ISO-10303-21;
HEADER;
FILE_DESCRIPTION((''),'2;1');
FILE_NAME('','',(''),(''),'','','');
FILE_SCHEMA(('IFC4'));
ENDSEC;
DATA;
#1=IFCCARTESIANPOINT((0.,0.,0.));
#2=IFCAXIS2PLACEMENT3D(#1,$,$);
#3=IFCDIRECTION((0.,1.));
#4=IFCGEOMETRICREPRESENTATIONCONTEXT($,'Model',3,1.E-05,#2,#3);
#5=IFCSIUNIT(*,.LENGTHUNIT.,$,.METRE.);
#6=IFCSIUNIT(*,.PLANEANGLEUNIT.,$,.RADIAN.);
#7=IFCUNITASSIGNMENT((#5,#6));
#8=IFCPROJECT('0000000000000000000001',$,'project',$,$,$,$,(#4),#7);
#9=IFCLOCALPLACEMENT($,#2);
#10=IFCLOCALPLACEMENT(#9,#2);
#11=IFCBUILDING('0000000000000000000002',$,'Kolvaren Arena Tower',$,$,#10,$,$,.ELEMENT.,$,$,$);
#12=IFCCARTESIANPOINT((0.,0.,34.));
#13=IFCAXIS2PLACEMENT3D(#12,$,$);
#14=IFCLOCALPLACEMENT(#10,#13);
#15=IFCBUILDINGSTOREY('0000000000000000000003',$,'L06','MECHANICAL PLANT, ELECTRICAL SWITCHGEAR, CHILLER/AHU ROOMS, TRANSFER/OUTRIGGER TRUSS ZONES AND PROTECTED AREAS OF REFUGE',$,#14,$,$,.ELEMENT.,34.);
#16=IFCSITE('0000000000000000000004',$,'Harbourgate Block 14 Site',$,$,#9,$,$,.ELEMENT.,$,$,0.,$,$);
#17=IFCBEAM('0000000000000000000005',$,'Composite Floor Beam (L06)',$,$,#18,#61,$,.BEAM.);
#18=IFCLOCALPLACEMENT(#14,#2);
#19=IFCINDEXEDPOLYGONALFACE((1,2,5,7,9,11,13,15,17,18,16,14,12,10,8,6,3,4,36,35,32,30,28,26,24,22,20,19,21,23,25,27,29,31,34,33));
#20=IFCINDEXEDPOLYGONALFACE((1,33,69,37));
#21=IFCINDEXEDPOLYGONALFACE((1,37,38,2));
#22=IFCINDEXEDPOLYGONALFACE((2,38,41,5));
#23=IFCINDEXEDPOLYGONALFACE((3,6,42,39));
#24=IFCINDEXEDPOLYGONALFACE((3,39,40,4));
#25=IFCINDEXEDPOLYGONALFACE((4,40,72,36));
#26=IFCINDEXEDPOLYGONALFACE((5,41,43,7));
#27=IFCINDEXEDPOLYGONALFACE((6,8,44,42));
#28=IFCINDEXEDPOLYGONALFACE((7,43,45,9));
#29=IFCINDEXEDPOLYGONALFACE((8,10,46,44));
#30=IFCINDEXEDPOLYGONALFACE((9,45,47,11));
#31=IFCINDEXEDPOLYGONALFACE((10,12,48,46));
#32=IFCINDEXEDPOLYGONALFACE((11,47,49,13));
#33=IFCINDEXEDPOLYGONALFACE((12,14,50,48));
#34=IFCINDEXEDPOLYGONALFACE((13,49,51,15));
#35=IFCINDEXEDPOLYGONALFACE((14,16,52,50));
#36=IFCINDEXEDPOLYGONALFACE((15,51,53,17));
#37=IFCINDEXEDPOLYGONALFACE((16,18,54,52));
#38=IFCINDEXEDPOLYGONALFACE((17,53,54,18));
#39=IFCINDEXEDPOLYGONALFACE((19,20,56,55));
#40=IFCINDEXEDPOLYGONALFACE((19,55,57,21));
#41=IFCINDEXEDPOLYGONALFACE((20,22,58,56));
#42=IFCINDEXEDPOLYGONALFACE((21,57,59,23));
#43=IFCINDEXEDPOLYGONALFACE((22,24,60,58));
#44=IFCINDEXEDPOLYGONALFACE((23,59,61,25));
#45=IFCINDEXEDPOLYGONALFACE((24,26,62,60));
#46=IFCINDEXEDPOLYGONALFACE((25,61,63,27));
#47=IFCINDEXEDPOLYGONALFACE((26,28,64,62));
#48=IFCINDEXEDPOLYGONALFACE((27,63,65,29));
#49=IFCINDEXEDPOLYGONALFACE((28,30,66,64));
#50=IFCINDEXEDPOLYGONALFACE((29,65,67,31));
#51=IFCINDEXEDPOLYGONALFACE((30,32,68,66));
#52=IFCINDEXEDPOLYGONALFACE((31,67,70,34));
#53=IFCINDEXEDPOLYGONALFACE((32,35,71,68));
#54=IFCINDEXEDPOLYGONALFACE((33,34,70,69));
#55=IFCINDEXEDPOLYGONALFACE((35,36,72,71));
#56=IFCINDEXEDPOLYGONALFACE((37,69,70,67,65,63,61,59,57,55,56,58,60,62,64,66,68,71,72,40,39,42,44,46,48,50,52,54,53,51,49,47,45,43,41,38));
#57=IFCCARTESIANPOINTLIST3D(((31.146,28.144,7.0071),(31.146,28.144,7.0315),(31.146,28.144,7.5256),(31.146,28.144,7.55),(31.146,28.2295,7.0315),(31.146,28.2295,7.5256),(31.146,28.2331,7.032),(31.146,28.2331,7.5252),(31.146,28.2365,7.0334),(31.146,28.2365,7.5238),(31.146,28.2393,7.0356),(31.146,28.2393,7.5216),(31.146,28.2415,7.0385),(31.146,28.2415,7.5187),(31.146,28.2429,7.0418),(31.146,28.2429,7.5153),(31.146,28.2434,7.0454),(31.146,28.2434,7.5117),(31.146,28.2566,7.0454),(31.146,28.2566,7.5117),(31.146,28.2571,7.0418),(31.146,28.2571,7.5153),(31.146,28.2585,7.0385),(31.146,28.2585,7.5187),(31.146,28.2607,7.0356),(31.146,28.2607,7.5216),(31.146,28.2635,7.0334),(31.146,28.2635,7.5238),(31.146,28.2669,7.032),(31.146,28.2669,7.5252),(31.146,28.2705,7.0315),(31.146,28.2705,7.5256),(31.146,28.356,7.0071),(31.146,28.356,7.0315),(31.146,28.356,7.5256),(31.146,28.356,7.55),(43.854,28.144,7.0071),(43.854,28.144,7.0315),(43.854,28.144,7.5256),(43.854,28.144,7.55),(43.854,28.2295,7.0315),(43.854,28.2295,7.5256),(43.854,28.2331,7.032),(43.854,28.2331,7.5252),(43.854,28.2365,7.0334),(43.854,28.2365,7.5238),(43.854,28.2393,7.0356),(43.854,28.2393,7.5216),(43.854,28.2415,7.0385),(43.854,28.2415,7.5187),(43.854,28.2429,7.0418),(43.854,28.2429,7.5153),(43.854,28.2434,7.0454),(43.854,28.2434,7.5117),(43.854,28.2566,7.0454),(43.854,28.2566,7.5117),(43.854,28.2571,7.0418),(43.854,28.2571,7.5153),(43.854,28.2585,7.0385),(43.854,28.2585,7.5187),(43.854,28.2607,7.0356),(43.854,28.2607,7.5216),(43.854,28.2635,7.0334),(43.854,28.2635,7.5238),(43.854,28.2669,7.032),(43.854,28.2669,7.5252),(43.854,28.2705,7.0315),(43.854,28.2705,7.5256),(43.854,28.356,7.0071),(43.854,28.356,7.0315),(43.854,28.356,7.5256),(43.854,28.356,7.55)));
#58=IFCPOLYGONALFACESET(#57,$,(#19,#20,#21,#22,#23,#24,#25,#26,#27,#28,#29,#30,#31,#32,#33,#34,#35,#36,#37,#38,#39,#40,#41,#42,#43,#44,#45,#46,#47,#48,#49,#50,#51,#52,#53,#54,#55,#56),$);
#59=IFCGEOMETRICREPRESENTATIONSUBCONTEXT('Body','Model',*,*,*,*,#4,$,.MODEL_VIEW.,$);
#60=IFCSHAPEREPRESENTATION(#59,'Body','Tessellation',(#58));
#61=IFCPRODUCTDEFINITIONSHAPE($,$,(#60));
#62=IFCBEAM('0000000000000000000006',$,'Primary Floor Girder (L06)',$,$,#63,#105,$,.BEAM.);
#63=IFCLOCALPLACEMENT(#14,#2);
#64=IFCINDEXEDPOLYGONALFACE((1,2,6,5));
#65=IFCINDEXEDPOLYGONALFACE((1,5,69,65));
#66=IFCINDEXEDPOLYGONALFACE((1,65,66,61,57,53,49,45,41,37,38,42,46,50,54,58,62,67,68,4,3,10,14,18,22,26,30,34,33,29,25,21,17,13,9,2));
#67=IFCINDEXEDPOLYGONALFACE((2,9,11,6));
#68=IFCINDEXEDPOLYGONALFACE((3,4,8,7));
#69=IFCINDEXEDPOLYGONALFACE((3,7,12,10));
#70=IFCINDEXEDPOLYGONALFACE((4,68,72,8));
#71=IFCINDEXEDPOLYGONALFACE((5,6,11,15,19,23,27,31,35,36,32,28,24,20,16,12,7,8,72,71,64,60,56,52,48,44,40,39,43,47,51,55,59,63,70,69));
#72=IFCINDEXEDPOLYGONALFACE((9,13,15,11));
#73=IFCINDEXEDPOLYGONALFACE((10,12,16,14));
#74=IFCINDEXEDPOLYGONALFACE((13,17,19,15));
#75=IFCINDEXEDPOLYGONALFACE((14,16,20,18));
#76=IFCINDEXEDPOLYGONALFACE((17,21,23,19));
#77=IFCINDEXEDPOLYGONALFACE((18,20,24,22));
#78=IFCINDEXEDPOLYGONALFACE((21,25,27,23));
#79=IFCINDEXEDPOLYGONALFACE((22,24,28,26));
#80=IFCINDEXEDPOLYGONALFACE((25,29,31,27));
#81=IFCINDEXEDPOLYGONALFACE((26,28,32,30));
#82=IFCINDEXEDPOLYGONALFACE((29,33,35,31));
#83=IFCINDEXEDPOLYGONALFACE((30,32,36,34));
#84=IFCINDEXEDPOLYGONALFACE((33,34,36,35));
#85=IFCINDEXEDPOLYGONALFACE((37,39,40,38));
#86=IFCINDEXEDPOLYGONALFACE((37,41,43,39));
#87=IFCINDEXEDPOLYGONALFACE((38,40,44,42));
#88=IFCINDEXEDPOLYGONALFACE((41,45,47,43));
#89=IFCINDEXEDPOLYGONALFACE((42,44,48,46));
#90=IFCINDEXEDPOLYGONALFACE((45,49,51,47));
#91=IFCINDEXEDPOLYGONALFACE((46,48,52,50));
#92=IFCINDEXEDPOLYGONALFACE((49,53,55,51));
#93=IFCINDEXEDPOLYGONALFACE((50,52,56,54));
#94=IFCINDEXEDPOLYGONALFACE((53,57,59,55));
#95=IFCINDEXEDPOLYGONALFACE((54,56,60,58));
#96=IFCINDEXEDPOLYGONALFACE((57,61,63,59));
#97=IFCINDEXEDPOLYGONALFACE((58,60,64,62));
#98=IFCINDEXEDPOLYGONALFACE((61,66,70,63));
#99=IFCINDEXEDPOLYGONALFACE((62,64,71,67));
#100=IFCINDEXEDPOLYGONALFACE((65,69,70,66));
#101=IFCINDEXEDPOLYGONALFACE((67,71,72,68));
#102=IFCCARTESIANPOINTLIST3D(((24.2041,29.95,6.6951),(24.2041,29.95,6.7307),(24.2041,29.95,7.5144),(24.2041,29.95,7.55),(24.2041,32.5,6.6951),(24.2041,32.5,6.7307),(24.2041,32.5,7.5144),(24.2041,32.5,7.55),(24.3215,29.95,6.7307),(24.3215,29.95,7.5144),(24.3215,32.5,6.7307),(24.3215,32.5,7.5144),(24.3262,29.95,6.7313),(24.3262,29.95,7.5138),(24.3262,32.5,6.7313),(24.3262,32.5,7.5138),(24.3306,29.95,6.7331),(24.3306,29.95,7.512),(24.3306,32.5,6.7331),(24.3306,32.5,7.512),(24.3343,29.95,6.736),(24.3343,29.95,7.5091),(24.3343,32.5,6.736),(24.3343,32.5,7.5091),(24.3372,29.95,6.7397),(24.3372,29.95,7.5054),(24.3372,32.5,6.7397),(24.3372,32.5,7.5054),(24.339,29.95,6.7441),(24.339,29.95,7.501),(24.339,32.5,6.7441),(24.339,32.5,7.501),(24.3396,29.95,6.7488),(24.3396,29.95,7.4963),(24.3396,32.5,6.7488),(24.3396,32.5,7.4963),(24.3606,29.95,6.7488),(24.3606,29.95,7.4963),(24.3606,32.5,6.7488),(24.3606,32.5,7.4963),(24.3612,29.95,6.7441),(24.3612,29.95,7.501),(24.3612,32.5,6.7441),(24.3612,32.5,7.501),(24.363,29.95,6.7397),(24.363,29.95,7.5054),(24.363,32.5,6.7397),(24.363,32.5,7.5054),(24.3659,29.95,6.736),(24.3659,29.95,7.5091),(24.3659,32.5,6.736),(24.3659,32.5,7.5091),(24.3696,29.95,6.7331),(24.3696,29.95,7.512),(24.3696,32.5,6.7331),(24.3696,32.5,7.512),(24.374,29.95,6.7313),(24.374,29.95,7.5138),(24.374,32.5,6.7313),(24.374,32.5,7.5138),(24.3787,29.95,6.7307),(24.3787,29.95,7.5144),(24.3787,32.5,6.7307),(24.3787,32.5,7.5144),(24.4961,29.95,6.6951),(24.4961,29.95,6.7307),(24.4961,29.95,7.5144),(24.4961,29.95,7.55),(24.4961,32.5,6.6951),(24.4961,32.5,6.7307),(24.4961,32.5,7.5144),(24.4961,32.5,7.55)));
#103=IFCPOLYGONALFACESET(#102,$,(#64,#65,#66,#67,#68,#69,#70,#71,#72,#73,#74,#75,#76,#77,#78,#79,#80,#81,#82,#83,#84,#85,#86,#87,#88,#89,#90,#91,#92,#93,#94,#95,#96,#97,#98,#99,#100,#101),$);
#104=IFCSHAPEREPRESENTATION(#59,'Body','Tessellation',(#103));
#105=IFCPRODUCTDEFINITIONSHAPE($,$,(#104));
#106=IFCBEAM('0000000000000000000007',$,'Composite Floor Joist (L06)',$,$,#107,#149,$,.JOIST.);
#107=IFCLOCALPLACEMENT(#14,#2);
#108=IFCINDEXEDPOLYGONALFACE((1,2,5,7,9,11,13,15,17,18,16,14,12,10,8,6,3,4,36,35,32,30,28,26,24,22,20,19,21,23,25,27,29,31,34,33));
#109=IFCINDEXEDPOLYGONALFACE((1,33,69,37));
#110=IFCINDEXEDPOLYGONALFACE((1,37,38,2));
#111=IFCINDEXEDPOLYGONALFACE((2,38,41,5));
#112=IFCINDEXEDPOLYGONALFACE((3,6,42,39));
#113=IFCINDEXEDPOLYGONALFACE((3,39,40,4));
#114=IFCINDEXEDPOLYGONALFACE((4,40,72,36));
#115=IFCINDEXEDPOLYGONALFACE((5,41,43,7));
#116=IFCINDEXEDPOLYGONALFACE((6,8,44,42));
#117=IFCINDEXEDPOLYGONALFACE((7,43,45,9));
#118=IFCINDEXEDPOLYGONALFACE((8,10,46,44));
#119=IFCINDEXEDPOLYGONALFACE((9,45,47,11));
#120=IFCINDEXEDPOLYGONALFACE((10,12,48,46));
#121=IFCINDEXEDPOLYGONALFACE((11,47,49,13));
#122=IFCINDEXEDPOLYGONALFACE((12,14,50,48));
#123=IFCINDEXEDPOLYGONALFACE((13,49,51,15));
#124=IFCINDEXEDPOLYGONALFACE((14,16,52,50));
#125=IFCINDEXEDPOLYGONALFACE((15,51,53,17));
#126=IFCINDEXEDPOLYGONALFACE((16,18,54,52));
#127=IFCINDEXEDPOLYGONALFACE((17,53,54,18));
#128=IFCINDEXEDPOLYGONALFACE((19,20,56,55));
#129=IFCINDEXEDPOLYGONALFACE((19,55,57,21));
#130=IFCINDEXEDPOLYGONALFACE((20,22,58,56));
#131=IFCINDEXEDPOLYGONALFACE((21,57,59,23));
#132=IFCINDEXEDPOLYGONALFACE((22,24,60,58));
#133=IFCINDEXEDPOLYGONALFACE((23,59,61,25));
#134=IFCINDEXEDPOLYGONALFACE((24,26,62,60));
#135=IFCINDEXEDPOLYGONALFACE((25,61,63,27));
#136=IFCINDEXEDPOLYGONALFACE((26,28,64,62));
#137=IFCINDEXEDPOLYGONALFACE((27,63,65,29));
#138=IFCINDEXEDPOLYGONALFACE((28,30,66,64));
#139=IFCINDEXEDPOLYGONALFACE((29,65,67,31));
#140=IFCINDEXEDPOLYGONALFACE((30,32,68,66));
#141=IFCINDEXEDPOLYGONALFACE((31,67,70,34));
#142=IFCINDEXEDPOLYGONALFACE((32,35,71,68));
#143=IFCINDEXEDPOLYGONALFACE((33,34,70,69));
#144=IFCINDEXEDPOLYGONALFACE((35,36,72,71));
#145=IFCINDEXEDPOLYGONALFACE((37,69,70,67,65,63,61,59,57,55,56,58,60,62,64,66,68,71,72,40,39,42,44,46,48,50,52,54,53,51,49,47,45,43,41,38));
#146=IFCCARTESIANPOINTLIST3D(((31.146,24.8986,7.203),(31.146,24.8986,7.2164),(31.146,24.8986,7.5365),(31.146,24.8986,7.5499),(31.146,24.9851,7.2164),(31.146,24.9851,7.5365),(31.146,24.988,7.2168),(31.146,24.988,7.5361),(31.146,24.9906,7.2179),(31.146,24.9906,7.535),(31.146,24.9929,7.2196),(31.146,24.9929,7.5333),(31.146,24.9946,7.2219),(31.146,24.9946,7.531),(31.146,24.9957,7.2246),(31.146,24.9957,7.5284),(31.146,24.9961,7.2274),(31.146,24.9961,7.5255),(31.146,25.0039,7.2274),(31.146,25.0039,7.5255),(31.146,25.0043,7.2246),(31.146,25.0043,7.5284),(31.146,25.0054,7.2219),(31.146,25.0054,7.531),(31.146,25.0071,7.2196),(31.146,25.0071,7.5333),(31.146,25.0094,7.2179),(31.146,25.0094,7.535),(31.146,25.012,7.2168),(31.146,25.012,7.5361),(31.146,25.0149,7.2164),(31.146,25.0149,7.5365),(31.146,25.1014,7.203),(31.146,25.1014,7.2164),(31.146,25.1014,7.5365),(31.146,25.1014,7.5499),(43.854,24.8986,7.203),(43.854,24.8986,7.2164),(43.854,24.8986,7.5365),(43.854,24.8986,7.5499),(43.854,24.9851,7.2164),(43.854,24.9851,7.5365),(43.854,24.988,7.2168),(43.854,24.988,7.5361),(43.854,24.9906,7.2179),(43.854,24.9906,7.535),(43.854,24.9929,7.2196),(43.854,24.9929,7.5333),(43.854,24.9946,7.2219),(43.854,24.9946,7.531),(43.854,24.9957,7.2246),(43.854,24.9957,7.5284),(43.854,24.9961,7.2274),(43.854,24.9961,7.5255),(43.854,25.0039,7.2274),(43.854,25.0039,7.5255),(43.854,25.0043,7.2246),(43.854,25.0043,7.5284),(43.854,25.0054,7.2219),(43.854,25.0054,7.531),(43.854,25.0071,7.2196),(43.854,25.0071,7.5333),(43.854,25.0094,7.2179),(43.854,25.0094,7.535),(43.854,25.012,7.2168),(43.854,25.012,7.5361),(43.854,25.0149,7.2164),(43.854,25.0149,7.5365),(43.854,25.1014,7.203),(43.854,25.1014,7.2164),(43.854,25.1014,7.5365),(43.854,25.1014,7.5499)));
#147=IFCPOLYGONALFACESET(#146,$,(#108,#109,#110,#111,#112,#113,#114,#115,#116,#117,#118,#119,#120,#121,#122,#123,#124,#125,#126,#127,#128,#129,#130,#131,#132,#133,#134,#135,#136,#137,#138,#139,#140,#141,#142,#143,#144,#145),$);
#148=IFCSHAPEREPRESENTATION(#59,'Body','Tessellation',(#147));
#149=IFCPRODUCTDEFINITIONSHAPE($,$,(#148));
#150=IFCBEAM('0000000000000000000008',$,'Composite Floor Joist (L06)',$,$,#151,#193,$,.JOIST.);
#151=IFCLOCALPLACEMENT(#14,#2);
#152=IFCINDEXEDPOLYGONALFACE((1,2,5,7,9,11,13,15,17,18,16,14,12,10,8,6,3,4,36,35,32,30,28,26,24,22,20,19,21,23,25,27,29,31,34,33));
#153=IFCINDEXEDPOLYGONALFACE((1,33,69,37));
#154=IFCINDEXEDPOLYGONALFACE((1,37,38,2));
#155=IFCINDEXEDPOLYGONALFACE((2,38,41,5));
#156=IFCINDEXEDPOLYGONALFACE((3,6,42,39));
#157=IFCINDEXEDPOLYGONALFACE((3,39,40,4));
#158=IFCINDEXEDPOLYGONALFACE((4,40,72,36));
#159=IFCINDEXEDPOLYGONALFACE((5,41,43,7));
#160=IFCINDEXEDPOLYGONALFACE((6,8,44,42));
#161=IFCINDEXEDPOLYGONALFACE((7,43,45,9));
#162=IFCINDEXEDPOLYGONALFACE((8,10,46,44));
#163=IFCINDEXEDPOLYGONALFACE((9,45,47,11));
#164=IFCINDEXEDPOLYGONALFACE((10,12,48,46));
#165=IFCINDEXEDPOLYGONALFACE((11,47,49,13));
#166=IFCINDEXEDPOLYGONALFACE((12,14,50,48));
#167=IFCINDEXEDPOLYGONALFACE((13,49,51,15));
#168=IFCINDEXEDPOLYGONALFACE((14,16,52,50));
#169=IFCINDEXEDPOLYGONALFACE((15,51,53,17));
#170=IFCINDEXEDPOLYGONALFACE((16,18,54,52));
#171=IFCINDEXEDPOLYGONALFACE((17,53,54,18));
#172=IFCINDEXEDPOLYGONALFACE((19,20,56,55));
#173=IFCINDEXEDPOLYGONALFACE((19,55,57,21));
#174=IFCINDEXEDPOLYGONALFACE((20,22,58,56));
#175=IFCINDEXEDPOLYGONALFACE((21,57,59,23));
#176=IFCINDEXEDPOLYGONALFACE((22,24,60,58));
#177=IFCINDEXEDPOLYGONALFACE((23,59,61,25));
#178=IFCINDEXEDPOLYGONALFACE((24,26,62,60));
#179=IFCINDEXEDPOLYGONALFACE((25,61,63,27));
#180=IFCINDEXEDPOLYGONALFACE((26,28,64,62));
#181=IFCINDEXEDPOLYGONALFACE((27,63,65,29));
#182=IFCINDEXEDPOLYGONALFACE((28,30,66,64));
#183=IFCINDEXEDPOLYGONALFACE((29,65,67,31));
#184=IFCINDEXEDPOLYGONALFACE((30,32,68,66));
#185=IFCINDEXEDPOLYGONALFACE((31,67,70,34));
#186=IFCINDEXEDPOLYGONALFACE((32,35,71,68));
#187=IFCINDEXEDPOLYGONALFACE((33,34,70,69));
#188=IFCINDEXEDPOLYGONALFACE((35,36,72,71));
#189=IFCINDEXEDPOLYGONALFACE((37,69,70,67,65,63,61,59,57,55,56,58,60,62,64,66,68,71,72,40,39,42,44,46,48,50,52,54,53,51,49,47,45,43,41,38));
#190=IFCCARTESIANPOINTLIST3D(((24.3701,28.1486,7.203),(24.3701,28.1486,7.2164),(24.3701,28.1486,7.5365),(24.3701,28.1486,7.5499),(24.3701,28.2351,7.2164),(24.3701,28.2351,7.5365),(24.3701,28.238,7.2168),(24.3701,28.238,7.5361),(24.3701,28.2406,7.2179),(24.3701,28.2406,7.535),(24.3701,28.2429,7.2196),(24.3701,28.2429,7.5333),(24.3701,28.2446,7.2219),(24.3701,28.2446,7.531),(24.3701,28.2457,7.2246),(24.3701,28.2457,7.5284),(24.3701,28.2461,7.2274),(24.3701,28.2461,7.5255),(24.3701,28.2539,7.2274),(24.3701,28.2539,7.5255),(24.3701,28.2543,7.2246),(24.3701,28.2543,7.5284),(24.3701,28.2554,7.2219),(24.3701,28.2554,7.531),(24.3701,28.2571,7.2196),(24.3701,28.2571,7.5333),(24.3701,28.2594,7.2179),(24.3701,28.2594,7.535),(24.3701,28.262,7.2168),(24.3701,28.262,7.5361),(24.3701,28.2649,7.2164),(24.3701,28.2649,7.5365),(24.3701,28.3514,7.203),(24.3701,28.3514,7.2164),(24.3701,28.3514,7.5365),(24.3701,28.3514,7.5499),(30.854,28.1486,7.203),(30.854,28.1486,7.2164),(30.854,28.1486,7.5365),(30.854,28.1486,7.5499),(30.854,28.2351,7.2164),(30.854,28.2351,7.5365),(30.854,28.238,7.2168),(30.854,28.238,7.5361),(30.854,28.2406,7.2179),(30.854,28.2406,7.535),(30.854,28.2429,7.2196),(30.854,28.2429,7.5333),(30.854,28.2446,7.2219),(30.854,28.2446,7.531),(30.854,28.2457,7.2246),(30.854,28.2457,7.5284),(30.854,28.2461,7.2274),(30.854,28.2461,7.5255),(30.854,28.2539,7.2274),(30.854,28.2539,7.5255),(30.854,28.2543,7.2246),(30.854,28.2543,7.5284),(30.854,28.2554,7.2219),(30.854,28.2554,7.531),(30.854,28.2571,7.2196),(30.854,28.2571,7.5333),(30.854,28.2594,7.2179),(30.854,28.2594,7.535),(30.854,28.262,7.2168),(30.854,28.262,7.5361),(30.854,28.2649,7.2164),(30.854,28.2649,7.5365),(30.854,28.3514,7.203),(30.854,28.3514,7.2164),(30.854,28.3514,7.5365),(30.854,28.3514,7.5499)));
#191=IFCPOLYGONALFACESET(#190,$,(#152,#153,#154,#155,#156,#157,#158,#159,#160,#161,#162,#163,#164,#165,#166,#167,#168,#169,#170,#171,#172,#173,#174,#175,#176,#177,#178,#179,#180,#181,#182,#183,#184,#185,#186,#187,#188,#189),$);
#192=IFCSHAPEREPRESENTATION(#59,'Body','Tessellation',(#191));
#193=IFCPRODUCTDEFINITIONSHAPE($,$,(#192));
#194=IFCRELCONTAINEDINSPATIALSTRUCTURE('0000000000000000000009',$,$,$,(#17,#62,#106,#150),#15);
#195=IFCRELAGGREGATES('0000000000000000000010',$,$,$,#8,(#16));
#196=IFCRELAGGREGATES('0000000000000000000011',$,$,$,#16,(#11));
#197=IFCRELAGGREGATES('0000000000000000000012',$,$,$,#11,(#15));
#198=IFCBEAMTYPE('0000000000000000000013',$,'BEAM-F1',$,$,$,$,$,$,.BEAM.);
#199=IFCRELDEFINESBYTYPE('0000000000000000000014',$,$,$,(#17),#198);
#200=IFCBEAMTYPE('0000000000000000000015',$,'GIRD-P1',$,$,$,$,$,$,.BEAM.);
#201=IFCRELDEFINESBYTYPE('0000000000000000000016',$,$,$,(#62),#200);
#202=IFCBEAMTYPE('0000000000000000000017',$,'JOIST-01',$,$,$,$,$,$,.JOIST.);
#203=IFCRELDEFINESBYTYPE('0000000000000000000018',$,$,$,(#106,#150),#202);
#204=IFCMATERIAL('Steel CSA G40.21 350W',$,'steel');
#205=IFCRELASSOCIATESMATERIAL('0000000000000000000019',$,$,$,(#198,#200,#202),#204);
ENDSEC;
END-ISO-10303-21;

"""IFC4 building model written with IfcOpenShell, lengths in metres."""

from ifc_helpers import new_model, si_unit, direction, frame, origin, origin_2d, place, context, subcontext, project, spatial, i_section, extrude, material, material_profile, profile_set, type_object, element, save


model = new_model("IFC4")

# Units and contexts
model_context = context("Model", 3, precision=1e-05, world=origin(), true_north=direction((0.0, 1.0)))
body_context = subcontext(model_context, "Body", "Model", "MODEL_VIEW")
ifc_project = project(units=[si_unit("LENGTHUNIT", "METRE"), si_unit("PLANEANGLEUNIT", "RADIAN")], contexts=[model_context])

# Site, building, storey
site_placement = place(None, origin())
site = spatial("IfcSite", under=ifc_project, at=site_placement, Name="Harbourgate Block 14 Site", CompositionType="ELEMENT", RefElevation=0.0)
building_placement = place(site_placement, origin())
building = spatial("IfcBuilding", under=site, at=building_placement, Name="Kolvaren Arena Tower", CompositionType="ELEMENT")
storey_placement = place(building_placement, frame((0.0, 0.0, 34.0)))
storey = spatial("IfcBuildingStorey", under=building, at=storey_placement, Name="L06", Description="MECHANICAL PLANT, ELECTRICAL SWITCHGEAR, CHILLER/AHU ROOMS, TRANSFER/OUTRIGGER TRUSS ZONES AND PROTECTED AREAS OF REFUGE", CompositionType="ELEMENT", Elevation=34.0)

# Beams
ifc_material_1 = material(Name="Steel CSA G40.21 350W", Category="steel")
ifc_material_profile_1 = material_profile(ifc_material_1, i_section(OverallWidth=0.2119, OverallDepth=0.543, WebThickness=0.0132, FlangeThickness=0.0244, FilletRadius=0.0139, at=origin_2d()), Name="W530x150")
ifc_profile_set_1 = profile_set([ifc_material_profile_1], Name="Steel CSA G40.21 350W")
beam_type_1 = type_object("IfcBeamType", Name="BEAM-F1", PredefinedType="BEAM", material=ifc_profile_set_1)
beam_1_placement = place(storey_placement, frame((31.146, 28.25, 7.2786), z_axis=(1.0, 0.0, 0.0), x_axis=(0.0, 1.0, 0.0)))
element("IfcBeam", 1, at=beam_1_placement, inside=storey, type_object=beam_type_1, Name="Composite Floor Beam (L06)", PredefinedType="BEAM", context=body_context, shape_type="SweptSolid", body=[
    extrude(i_section(OverallWidth=0.2119, OverallDepth=0.543, WebThickness=0.0132, FlangeThickness=0.0244, FilletRadius=0.0139, at=origin_2d()), origin(), (0.0, 0.0, 1.0), 12.708),
])
ifc_material_profile_2 = material_profile(ifc_material_1, i_section(OverallWidth=0.292, OverallDepth=0.855, WebThickness=0.021, FlangeThickness=0.0356, FilletRadius=0.0181, at=origin_2d()), Name="W840x299")
ifc_profile_set_2 = profile_set([ifc_material_profile_2], Name="Steel CSA G40.21 350W")
beam_type_2 = type_object("IfcBeamType", Name="GIRD-P1", PredefinedType="BEAM", material=ifc_profile_set_2)
beam_2_placement = place(storey_placement, frame((24.3501, 29.95, 7.1226), z_axis=(0.0, 1.0, 0.0), x_axis=(-1.0, 0.0, 0.0)))
element("IfcBeam", 2, at=beam_2_placement, inside=storey, type_object=beam_type_2, Name="Primary Floor Girder (L06)", PredefinedType="BEAM", context=body_context, shape_type="SweptSolid", body=[
    extrude(i_section(OverallWidth=0.292, OverallDepth=0.855, WebThickness=0.021, FlangeThickness=0.0356, FilletRadius=0.0181, at=origin_2d()), origin(), (0.0, 0.0, 1.0), 2.55),
])
ifc_material_profile_3 = material_profile(ifc_material_1, i_section(OverallWidth=0.2029, OverallDepth=0.3469, WebThickness=0.0078, FlangeThickness=0.0134, FilletRadius=0.011, at=origin_2d()), Name="W360x64")
ifc_profile_set_3 = profile_set([ifc_material_profile_3], Name="Steel CSA G40.21 350W")
beam_type_3 = type_object("IfcBeamType", Name="JOIST-01", PredefinedType="JOIST", material=ifc_profile_set_3)
beam_3_placement = place(storey_placement, frame((31.146, 25.0, 7.3765), z_axis=(1.0, 0.0, 0.0), x_axis=(0.0, 1.0, 0.0)))
element("IfcBeam", 3, at=beam_3_placement, inside=storey, type_object=beam_type_3, Name="Composite Floor Joist (L06)", PredefinedType="JOIST", context=body_context, shape_type="SweptSolid", body=[
    extrude(i_section(OverallWidth=0.2029, OverallDepth=0.3469, WebThickness=0.0078, FlangeThickness=0.0134, FilletRadius=0.011, at=origin_2d()), origin(), (0.0, 0.0, 1.0), 12.708),
])
beam_4_placement = place(storey_placement, frame((24.3701, 28.25, 7.3765), z_axis=(1.0, 0.0, 0.0), x_axis=(0.0, 1.0, 0.0)))
element("IfcBeam", 4, at=beam_4_placement, inside=storey, type_object=beam_type_3, Name="Composite Floor Joist (L06)", PredefinedType="JOIST", context=body_context, shape_type="SweptSolid", body=[
    extrude(i_section(OverallWidth=0.2029, OverallDepth=0.3469, WebThickness=0.0078, FlangeThickness=0.0134, FilletRadius=0.011, at=origin_2d()), origin(), (0.0, 0.0, 1.0), 6.4839),
])

save(model, "model.ifc")
